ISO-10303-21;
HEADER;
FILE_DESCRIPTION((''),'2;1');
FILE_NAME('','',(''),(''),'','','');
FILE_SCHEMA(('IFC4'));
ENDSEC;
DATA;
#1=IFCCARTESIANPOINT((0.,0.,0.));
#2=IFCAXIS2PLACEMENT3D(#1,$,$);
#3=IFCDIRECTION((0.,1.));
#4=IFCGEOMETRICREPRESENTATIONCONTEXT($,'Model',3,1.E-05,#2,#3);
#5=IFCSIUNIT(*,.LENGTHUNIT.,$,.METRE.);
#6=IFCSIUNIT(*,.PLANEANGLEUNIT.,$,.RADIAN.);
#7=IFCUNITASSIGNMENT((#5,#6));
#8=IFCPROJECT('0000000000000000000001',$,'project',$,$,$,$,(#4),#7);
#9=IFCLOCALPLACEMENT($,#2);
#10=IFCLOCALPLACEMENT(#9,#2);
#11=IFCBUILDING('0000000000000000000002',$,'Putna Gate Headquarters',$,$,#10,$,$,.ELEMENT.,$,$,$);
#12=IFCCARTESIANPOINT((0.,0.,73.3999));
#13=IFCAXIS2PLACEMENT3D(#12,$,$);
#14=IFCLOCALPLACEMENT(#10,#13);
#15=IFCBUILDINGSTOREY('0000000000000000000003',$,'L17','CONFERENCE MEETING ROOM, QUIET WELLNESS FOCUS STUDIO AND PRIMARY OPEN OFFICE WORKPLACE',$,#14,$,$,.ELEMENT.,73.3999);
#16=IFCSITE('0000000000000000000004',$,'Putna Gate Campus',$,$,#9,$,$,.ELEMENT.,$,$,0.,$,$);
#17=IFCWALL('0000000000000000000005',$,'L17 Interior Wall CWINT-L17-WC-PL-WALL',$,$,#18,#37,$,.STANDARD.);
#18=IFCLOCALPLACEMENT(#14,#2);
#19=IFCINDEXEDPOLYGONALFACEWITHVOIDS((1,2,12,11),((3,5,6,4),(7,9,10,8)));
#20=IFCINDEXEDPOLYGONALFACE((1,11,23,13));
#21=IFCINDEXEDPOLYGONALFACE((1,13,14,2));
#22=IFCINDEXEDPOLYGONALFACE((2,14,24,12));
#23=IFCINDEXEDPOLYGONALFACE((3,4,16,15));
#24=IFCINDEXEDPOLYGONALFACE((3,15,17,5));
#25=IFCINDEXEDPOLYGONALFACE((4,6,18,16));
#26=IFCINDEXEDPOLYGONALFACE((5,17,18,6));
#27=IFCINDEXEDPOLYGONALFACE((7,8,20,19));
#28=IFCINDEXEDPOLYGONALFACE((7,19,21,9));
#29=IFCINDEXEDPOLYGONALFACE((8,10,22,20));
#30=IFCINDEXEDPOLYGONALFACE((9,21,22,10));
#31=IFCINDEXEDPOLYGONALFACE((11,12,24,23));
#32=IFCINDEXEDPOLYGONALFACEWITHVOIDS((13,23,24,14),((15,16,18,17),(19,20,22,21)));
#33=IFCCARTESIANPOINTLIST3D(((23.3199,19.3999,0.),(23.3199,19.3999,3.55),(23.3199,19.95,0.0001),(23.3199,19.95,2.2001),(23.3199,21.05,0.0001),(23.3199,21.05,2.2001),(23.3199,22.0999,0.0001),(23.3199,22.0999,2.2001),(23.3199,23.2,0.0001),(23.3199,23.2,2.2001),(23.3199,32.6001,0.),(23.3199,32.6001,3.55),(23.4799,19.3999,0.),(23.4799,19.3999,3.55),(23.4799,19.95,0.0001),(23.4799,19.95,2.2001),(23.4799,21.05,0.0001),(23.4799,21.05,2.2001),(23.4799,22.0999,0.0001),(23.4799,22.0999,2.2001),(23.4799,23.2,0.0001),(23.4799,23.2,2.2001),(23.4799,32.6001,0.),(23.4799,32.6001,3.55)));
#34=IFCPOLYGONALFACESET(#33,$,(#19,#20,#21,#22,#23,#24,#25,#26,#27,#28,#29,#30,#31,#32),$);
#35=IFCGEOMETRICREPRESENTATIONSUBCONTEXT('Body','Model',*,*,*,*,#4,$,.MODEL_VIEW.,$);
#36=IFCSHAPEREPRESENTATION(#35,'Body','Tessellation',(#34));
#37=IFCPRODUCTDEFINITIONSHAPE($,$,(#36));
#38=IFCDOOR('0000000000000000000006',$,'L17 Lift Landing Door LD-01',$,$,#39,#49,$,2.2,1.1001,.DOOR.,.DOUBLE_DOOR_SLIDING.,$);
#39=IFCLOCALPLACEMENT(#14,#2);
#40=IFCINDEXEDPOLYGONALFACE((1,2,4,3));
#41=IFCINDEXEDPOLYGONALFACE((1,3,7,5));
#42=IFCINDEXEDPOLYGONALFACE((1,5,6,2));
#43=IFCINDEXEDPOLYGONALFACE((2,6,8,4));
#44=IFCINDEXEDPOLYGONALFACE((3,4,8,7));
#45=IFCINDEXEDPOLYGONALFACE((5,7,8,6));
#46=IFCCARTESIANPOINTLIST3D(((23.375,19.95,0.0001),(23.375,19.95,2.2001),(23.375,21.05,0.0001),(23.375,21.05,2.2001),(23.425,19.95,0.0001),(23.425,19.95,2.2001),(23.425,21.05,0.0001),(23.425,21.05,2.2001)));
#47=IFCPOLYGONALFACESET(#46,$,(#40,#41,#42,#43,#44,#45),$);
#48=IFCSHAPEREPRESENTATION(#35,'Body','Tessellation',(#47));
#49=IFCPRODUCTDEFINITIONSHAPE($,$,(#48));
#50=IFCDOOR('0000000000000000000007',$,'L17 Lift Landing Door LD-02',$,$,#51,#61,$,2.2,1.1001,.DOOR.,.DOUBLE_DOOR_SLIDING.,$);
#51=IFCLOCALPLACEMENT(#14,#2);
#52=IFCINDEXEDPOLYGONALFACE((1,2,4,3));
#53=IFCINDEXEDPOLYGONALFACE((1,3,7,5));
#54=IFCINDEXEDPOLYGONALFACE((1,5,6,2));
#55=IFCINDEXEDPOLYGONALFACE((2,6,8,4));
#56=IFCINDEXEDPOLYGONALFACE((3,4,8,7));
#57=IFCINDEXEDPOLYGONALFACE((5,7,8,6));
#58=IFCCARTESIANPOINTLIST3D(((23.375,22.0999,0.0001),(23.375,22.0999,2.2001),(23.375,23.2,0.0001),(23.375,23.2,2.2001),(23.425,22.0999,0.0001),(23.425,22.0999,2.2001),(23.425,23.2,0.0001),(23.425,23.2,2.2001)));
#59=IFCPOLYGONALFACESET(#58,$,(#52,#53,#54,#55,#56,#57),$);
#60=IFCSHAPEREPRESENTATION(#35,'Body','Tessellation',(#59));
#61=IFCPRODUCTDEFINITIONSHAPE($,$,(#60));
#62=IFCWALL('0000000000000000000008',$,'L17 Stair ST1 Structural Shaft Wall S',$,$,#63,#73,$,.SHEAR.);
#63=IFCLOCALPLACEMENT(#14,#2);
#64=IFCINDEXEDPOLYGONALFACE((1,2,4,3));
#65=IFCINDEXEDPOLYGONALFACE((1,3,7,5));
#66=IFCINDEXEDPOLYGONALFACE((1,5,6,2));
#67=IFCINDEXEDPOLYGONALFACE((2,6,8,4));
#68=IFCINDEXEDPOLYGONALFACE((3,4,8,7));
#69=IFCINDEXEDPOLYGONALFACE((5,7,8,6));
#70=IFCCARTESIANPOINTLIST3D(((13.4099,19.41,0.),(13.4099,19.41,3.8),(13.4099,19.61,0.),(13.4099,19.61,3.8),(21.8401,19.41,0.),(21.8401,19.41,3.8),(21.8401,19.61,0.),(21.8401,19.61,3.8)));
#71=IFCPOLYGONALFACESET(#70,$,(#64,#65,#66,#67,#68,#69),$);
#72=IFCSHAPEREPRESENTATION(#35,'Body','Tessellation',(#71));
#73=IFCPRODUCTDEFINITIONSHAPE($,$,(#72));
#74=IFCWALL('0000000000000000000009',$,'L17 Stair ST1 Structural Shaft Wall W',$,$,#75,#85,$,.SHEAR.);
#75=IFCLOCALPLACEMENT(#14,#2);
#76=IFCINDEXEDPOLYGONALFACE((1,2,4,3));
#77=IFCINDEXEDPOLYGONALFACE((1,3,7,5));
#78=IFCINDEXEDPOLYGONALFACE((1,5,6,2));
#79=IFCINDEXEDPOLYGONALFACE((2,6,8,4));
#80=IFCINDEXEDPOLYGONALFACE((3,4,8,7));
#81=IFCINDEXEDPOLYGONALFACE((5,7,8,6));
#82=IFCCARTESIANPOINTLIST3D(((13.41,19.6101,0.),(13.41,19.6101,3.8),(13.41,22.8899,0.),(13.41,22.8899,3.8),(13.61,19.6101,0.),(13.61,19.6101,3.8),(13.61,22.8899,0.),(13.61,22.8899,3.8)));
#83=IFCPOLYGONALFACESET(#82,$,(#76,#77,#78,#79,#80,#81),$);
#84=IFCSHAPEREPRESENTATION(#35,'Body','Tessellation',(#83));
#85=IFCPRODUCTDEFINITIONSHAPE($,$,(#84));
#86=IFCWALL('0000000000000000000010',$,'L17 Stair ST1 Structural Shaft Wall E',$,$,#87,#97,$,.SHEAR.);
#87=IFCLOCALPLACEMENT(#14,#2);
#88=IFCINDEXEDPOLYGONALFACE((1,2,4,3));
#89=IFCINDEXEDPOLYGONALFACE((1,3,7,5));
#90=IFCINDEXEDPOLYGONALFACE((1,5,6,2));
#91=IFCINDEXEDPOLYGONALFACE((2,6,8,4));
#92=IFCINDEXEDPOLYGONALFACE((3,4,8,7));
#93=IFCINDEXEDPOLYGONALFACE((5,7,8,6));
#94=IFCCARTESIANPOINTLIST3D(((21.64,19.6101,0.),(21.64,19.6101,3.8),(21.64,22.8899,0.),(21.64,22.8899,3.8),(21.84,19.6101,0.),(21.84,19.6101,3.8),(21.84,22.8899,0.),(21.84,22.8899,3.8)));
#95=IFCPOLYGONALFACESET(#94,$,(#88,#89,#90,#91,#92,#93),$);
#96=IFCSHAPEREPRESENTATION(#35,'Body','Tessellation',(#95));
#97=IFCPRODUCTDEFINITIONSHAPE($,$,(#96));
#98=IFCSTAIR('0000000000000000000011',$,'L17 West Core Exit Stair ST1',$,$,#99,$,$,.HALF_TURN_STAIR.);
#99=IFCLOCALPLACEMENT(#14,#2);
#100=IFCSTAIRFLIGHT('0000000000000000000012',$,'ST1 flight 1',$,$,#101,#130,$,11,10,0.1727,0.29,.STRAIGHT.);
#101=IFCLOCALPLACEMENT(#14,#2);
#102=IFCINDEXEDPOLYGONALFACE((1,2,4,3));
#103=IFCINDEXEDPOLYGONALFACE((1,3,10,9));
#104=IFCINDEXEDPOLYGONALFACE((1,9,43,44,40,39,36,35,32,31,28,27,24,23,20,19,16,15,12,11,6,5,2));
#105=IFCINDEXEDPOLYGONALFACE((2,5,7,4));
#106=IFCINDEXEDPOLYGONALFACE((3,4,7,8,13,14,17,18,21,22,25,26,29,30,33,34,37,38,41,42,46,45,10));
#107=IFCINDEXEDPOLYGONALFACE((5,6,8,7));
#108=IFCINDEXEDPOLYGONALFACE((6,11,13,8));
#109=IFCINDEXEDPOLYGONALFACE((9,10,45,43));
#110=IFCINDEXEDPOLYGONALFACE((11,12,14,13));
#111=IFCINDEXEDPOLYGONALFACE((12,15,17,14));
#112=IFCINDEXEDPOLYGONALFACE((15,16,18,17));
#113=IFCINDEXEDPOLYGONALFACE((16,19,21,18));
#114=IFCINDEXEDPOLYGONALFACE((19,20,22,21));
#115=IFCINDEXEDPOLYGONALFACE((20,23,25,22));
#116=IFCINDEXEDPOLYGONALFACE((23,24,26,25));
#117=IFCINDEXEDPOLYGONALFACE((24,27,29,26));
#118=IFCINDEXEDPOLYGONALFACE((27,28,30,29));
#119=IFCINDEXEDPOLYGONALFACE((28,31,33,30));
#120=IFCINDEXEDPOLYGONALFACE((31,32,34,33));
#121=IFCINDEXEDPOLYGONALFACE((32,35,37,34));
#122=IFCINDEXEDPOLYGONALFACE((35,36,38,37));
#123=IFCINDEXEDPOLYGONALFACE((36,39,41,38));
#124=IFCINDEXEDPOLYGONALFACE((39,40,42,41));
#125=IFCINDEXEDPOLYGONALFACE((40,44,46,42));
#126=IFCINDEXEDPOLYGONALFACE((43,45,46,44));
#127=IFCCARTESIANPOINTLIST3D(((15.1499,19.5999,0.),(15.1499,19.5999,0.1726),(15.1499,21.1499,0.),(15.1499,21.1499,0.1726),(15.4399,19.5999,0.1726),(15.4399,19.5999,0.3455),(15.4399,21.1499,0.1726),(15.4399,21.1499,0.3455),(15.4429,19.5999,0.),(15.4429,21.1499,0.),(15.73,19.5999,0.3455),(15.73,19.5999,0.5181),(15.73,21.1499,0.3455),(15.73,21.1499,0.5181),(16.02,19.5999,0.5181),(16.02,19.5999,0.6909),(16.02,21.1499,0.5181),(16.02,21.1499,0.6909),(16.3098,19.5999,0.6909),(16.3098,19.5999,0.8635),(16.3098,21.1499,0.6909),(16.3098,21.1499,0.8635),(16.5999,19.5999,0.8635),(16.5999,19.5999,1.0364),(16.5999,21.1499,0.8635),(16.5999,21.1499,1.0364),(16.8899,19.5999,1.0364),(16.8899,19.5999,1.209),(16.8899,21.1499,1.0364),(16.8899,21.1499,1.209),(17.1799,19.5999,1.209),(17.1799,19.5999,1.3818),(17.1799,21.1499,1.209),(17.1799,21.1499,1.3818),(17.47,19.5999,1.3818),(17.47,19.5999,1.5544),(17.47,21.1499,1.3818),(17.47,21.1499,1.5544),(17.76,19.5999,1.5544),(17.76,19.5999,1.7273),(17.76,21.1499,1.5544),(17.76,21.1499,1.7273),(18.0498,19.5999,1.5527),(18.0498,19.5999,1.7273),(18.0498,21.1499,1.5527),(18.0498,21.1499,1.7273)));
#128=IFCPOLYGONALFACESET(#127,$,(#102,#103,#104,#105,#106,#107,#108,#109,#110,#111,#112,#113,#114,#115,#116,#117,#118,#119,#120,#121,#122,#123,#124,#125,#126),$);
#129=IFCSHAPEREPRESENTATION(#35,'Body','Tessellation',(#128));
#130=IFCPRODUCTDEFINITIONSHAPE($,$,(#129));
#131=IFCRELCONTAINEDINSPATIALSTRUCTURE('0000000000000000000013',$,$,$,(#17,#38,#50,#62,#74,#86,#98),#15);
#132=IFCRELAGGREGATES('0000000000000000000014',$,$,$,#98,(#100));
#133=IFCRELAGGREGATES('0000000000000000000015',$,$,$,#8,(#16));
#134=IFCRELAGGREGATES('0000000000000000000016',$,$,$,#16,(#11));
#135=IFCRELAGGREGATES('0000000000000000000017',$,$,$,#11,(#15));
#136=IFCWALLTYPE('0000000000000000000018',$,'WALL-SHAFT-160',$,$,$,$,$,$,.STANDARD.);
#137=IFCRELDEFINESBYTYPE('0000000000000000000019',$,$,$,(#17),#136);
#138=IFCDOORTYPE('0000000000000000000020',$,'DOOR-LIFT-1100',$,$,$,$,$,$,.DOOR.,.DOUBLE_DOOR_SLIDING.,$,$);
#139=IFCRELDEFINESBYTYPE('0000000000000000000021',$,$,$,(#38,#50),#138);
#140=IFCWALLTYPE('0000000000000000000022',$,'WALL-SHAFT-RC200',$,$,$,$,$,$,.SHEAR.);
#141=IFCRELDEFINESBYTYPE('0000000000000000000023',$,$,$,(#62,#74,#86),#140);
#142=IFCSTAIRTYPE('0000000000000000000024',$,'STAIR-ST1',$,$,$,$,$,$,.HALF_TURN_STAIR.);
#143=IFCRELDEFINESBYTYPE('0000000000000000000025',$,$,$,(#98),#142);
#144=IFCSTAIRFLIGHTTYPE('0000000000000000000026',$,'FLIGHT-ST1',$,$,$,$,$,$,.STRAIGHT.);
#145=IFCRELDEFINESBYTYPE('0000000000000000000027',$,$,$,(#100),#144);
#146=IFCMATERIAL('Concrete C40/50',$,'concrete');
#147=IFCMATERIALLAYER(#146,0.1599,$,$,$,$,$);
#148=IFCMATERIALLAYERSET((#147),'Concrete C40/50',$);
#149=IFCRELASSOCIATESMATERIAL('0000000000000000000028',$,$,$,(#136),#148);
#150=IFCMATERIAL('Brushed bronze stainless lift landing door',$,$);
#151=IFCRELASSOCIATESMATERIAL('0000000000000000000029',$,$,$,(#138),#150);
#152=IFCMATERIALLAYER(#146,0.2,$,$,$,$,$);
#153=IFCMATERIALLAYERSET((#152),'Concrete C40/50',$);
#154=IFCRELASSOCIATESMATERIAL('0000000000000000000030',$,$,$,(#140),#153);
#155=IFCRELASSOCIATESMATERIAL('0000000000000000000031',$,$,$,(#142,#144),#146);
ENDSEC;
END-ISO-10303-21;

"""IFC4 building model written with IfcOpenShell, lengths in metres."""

from ifc_helpers import new_model, si_unit, direction, frame, frame_2d, origin, place, context, subcontext, project, spatial, polyline, rectangle, outline, extrude, material, layer, layer_set, type_object, element, fill, aggregate, save


model = new_model("IFC4")

# Units and contexts
model_context = context("Model", 3, precision=1e-05, world=origin(), true_north=direction((0.0, 1.0)))
body_context = subcontext(model_context, "Body", "Model", "MODEL_VIEW")
ifc_project = project(units=[si_unit("LENGTHUNIT", "METRE"), si_unit("PLANEANGLEUNIT", "RADIAN")], contexts=[model_context])

# Site, building, storey
site_placement = place(None, origin())
site = spatial("IfcSite", under=ifc_project, at=site_placement, Name="Putna Gate Campus", CompositionType="ELEMENT", RefElevation=0.0)
building_placement = place(site_placement, origin())
building = spatial("IfcBuilding", under=site, at=building_placement, Name="Putna Gate Headquarters", CompositionType="ELEMENT")
storey_placement = place(building_placement, frame((0.0, 0.0, 73.3999)))
storey = spatial("IfcBuildingStorey", under=building, at=storey_placement, Name="L17", Description="CONFERENCE MEETING ROOM, QUIET WELLNESS FOCUS STUDIO AND PRIMARY OPEN OFFICE WORKPLACE", CompositionType="ELEMENT", Elevation=73.3999)

# Wall, openings, doors
ifc_material_1 = material(Name="Concrete C40/50", Category="concrete")
ifc_layer_1 = layer(ifc_material_1, 0.1599)
ifc_layer_set_1 = layer_set([ifc_layer_1], Name="Concrete C40/50")
wall_type_1 = type_object("IfcWallType", Name="WALL-SHAFT-160", PredefinedType="STANDARD", material=ifc_layer_set_1)
wall_1_placement = place(storey_placement, frame((23.3999, 19.3999, 0.0), z_axis=(0.0, 0.0, 1.0), x_axis=(0.0, 1.0, 0.0)))
wall_1 = element("IfcWall", 1, at=wall_1_placement, inside=storey, type_object=wall_type_1, Name="L17 Interior Wall CWINT-L17-WC-PL-WALL", PredefinedType="STANDARD", context=body_context, shape_type="SweptSolid", body=[
    extrude(rectangle(XDim=13.2002, YDim=0.1599, at=frame_2d((6.6001, 0.0))), origin(), (0.0, 0.0, 1.0), 3.55),
])
opening_1_placement = place(wall_1_placement, frame((0.55, 0.0, 0.0)))
opening_1 = element("IfcOpeningElement", 2, at=opening_1_placement, cuts=wall_1, PredefinedType="OPENING", context=body_context, shape_type="SweptSolid", body=[
    extrude(rectangle(XDim=1.1001, YDim=2.2, at=frame_2d((0.55, 1.1001))), frame((0.0, 0.0898, 0.0), z_axis=(0.0, -1.0, 0.0), x_axis=(1.0, 0.0, 0.0)), (0.0, 0.0, 1.0), 0.1799),
])
opening_2_placement = place(wall_1_placement, frame((2.7, 0.0, 0.0)))
opening_2 = element("IfcOpeningElement", 3, at=opening_2_placement, cuts=wall_1, PredefinedType="OPENING", context=body_context, shape_type="SweptSolid", body=[
    extrude(rectangle(XDim=1.1001, YDim=2.2, at=frame_2d((0.55, 1.1001))), frame((0.0, 0.0898, 0.0), z_axis=(0.0, -1.0, 0.0), x_axis=(1.0, 0.0, 0.0)), (0.0, 0.0, 1.0), 0.1799),
])
ifc_material_2 = material(Name="Brushed bronze stainless lift landing door")
door_type_1 = type_object("IfcDoorType", Name="DOOR-LIFT-1100", OperationType="DOUBLE_DOOR_SLIDING", PredefinedType="DOOR", material=ifc_material_2)
door_1_placement = place(opening_1_placement, origin())
door_1 = element("IfcDoor", 4, at=door_1_placement, inside=storey, type_object=door_type_1, Name="L17 Lift Landing Door LD-01", OperationType="DOUBLE_DOOR_SLIDING", OverallHeight=2.2, OverallWidth=1.1001, PredefinedType="DOOR", context=body_context, shape_type="SweptSolid", body=[
    extrude(rectangle(XDim=1.1001, YDim=2.2, at=frame_2d((0.55, 1.1001))), frame((0.0, 0.0249, 0.0), z_axis=(0.0, -1.0, 0.0), x_axis=(1.0, 0.0, 0.0)), (0.0, 0.0, 1.0), 0.05),
])
fill(opening_1, door_1)
door_2_placement = place(opening_2_placement, origin())
door_2 = element("IfcDoor", 5, at=door_2_placement, inside=storey, type_object=door_type_1, Name="L17 Lift Landing Door LD-02", OperationType="DOUBLE_DOOR_SLIDING", OverallHeight=2.2, OverallWidth=1.1001, PredefinedType="DOOR", context=body_context, shape_type="SweptSolid", body=[
    extrude(rectangle(XDim=1.1001, YDim=2.2, at=frame_2d((0.55, 1.1001))), frame((0.0, 0.0249, 0.0), z_axis=(0.0, -1.0, 0.0), x_axis=(1.0, 0.0, 0.0)), (0.0, 0.0, 1.0), 0.05),
])
fill(opening_2, door_2)

# Walls
ifc_layer_2 = layer(ifc_material_1, 0.2)
ifc_layer_set_2 = layer_set([ifc_layer_2], Name="Concrete C40/50")
wall_type_2 = type_object("IfcWallType", Name="WALL-SHAFT-RC200", PredefinedType="SHEAR", material=ifc_layer_set_2)
wall_2_placement = place(storey_placement, frame((13.4099, 19.51, 0.0), z_axis=(0.0, 0.0, 1.0), x_axis=(1.0, 0.0, 0.0)))
element("IfcWall", 6, at=wall_2_placement, inside=storey, type_object=wall_type_2, Name="L17 Stair ST1 Structural Shaft Wall S", PredefinedType="SHEAR", context=body_context, shape_type="SweptSolid", body=[
    extrude(rectangle(XDim=8.4302, YDim=0.2, at=frame_2d((4.2151, 0.0))), origin(), (0.0, 0.0, 1.0), 3.8),
])
for number, where, z_axis, x_axis, name in (
    (7, (13.51, 19.6101, 0.0), (0.0, 0.0, 1.0), (0.0, 1.0, 0.0), "L17 Stair ST1 Structural Shaft Wall W"),
    (8, (21.74, 19.6101, 0.0), (0.0, 0.0, 1.0), (0.0, 1.0, 0.0), "L17 Stair ST1 Structural Shaft Wall E"),
):
    element("IfcWall", number, at=place(storey_placement, frame(where, z_axis=z_axis, x_axis=x_axis)), inside=storey, type_object=wall_type_2, Name=name, PredefinedType="SHEAR", context=body_context, shape_type="SweptSolid", body=[
        extrude(rectangle(XDim=3.2798, YDim=0.2, at=frame_2d((1.6399, 0.0))), origin(), (0.0, 0.0, 1.0), 3.8),
    ])

# Stair, stair flight
stair_type = type_object("IfcStairType", Name="STAIR-ST1", PredefinedType="HALF_TURN_STAIR", material=ifc_material_1)
stair_placement = place(storey_placement, origin())
stair = element("IfcStair", 9, at=stair_placement, inside=storey, type_object=stair_type, Name="L17 West Core Exit Stair ST1", PredefinedType="HALF_TURN_STAIR")
stair_flight_type = type_object("IfcStairFlightType", Name="FLIGHT-ST1", PredefinedType="STRAIGHT", material=ifc_material_1)
stair_flight_placement = place(storey_placement, frame((15.1499, 20.375, 0.0), z_axis=(0.0, 0.0, 1.0), x_axis=(1.0, 0.0, 0.0)))
stair_flight = element("IfcStairFlight", 10, at=stair_flight_placement, type_object=stair_flight_type, Name="ST1 flight 1", NumberOfRisers=11, NumberOfTreads=10, PredefinedType="STRAIGHT", RiserHeight=0.1727, TreadLength=0.29, context=body_context, shape_type="SweptSolid", body=[
    extrude(outline(polyline([(0.0, 0.0), (0.0, 0.1726), (0.29, 0.1726), (0.29, 0.3455), (0.5801, 0.3455), (0.5801, 0.5181), (0.8701, 0.5181), (0.8701, 0.6909), (1.1599, 0.6909), (1.1599, 0.8635), (1.45, 0.8635), (1.45, 1.0364), (1.74, 1.0364), (1.74, 1.209), (2.03, 1.209), (2.03, 1.3818), (2.3201, 1.3818), (2.3201, 1.5544), (2.6101, 1.5544), (2.6101, 1.7273), (2.8999, 1.7273), (2.8999, 1.8999), (2.8999, 1.5527), (0.293, 0.0), (0.0, 0.0)])), frame((0.0, 0.7749, 0.0), z_axis=(0.0, -1.0, 0.0), x_axis=(1.0, 0.0, 0.0)), (0.0, 0.0, 1.0), 1.55),
])
aggregate(stair, [stair_flight])

save(model, "model.ifc")
